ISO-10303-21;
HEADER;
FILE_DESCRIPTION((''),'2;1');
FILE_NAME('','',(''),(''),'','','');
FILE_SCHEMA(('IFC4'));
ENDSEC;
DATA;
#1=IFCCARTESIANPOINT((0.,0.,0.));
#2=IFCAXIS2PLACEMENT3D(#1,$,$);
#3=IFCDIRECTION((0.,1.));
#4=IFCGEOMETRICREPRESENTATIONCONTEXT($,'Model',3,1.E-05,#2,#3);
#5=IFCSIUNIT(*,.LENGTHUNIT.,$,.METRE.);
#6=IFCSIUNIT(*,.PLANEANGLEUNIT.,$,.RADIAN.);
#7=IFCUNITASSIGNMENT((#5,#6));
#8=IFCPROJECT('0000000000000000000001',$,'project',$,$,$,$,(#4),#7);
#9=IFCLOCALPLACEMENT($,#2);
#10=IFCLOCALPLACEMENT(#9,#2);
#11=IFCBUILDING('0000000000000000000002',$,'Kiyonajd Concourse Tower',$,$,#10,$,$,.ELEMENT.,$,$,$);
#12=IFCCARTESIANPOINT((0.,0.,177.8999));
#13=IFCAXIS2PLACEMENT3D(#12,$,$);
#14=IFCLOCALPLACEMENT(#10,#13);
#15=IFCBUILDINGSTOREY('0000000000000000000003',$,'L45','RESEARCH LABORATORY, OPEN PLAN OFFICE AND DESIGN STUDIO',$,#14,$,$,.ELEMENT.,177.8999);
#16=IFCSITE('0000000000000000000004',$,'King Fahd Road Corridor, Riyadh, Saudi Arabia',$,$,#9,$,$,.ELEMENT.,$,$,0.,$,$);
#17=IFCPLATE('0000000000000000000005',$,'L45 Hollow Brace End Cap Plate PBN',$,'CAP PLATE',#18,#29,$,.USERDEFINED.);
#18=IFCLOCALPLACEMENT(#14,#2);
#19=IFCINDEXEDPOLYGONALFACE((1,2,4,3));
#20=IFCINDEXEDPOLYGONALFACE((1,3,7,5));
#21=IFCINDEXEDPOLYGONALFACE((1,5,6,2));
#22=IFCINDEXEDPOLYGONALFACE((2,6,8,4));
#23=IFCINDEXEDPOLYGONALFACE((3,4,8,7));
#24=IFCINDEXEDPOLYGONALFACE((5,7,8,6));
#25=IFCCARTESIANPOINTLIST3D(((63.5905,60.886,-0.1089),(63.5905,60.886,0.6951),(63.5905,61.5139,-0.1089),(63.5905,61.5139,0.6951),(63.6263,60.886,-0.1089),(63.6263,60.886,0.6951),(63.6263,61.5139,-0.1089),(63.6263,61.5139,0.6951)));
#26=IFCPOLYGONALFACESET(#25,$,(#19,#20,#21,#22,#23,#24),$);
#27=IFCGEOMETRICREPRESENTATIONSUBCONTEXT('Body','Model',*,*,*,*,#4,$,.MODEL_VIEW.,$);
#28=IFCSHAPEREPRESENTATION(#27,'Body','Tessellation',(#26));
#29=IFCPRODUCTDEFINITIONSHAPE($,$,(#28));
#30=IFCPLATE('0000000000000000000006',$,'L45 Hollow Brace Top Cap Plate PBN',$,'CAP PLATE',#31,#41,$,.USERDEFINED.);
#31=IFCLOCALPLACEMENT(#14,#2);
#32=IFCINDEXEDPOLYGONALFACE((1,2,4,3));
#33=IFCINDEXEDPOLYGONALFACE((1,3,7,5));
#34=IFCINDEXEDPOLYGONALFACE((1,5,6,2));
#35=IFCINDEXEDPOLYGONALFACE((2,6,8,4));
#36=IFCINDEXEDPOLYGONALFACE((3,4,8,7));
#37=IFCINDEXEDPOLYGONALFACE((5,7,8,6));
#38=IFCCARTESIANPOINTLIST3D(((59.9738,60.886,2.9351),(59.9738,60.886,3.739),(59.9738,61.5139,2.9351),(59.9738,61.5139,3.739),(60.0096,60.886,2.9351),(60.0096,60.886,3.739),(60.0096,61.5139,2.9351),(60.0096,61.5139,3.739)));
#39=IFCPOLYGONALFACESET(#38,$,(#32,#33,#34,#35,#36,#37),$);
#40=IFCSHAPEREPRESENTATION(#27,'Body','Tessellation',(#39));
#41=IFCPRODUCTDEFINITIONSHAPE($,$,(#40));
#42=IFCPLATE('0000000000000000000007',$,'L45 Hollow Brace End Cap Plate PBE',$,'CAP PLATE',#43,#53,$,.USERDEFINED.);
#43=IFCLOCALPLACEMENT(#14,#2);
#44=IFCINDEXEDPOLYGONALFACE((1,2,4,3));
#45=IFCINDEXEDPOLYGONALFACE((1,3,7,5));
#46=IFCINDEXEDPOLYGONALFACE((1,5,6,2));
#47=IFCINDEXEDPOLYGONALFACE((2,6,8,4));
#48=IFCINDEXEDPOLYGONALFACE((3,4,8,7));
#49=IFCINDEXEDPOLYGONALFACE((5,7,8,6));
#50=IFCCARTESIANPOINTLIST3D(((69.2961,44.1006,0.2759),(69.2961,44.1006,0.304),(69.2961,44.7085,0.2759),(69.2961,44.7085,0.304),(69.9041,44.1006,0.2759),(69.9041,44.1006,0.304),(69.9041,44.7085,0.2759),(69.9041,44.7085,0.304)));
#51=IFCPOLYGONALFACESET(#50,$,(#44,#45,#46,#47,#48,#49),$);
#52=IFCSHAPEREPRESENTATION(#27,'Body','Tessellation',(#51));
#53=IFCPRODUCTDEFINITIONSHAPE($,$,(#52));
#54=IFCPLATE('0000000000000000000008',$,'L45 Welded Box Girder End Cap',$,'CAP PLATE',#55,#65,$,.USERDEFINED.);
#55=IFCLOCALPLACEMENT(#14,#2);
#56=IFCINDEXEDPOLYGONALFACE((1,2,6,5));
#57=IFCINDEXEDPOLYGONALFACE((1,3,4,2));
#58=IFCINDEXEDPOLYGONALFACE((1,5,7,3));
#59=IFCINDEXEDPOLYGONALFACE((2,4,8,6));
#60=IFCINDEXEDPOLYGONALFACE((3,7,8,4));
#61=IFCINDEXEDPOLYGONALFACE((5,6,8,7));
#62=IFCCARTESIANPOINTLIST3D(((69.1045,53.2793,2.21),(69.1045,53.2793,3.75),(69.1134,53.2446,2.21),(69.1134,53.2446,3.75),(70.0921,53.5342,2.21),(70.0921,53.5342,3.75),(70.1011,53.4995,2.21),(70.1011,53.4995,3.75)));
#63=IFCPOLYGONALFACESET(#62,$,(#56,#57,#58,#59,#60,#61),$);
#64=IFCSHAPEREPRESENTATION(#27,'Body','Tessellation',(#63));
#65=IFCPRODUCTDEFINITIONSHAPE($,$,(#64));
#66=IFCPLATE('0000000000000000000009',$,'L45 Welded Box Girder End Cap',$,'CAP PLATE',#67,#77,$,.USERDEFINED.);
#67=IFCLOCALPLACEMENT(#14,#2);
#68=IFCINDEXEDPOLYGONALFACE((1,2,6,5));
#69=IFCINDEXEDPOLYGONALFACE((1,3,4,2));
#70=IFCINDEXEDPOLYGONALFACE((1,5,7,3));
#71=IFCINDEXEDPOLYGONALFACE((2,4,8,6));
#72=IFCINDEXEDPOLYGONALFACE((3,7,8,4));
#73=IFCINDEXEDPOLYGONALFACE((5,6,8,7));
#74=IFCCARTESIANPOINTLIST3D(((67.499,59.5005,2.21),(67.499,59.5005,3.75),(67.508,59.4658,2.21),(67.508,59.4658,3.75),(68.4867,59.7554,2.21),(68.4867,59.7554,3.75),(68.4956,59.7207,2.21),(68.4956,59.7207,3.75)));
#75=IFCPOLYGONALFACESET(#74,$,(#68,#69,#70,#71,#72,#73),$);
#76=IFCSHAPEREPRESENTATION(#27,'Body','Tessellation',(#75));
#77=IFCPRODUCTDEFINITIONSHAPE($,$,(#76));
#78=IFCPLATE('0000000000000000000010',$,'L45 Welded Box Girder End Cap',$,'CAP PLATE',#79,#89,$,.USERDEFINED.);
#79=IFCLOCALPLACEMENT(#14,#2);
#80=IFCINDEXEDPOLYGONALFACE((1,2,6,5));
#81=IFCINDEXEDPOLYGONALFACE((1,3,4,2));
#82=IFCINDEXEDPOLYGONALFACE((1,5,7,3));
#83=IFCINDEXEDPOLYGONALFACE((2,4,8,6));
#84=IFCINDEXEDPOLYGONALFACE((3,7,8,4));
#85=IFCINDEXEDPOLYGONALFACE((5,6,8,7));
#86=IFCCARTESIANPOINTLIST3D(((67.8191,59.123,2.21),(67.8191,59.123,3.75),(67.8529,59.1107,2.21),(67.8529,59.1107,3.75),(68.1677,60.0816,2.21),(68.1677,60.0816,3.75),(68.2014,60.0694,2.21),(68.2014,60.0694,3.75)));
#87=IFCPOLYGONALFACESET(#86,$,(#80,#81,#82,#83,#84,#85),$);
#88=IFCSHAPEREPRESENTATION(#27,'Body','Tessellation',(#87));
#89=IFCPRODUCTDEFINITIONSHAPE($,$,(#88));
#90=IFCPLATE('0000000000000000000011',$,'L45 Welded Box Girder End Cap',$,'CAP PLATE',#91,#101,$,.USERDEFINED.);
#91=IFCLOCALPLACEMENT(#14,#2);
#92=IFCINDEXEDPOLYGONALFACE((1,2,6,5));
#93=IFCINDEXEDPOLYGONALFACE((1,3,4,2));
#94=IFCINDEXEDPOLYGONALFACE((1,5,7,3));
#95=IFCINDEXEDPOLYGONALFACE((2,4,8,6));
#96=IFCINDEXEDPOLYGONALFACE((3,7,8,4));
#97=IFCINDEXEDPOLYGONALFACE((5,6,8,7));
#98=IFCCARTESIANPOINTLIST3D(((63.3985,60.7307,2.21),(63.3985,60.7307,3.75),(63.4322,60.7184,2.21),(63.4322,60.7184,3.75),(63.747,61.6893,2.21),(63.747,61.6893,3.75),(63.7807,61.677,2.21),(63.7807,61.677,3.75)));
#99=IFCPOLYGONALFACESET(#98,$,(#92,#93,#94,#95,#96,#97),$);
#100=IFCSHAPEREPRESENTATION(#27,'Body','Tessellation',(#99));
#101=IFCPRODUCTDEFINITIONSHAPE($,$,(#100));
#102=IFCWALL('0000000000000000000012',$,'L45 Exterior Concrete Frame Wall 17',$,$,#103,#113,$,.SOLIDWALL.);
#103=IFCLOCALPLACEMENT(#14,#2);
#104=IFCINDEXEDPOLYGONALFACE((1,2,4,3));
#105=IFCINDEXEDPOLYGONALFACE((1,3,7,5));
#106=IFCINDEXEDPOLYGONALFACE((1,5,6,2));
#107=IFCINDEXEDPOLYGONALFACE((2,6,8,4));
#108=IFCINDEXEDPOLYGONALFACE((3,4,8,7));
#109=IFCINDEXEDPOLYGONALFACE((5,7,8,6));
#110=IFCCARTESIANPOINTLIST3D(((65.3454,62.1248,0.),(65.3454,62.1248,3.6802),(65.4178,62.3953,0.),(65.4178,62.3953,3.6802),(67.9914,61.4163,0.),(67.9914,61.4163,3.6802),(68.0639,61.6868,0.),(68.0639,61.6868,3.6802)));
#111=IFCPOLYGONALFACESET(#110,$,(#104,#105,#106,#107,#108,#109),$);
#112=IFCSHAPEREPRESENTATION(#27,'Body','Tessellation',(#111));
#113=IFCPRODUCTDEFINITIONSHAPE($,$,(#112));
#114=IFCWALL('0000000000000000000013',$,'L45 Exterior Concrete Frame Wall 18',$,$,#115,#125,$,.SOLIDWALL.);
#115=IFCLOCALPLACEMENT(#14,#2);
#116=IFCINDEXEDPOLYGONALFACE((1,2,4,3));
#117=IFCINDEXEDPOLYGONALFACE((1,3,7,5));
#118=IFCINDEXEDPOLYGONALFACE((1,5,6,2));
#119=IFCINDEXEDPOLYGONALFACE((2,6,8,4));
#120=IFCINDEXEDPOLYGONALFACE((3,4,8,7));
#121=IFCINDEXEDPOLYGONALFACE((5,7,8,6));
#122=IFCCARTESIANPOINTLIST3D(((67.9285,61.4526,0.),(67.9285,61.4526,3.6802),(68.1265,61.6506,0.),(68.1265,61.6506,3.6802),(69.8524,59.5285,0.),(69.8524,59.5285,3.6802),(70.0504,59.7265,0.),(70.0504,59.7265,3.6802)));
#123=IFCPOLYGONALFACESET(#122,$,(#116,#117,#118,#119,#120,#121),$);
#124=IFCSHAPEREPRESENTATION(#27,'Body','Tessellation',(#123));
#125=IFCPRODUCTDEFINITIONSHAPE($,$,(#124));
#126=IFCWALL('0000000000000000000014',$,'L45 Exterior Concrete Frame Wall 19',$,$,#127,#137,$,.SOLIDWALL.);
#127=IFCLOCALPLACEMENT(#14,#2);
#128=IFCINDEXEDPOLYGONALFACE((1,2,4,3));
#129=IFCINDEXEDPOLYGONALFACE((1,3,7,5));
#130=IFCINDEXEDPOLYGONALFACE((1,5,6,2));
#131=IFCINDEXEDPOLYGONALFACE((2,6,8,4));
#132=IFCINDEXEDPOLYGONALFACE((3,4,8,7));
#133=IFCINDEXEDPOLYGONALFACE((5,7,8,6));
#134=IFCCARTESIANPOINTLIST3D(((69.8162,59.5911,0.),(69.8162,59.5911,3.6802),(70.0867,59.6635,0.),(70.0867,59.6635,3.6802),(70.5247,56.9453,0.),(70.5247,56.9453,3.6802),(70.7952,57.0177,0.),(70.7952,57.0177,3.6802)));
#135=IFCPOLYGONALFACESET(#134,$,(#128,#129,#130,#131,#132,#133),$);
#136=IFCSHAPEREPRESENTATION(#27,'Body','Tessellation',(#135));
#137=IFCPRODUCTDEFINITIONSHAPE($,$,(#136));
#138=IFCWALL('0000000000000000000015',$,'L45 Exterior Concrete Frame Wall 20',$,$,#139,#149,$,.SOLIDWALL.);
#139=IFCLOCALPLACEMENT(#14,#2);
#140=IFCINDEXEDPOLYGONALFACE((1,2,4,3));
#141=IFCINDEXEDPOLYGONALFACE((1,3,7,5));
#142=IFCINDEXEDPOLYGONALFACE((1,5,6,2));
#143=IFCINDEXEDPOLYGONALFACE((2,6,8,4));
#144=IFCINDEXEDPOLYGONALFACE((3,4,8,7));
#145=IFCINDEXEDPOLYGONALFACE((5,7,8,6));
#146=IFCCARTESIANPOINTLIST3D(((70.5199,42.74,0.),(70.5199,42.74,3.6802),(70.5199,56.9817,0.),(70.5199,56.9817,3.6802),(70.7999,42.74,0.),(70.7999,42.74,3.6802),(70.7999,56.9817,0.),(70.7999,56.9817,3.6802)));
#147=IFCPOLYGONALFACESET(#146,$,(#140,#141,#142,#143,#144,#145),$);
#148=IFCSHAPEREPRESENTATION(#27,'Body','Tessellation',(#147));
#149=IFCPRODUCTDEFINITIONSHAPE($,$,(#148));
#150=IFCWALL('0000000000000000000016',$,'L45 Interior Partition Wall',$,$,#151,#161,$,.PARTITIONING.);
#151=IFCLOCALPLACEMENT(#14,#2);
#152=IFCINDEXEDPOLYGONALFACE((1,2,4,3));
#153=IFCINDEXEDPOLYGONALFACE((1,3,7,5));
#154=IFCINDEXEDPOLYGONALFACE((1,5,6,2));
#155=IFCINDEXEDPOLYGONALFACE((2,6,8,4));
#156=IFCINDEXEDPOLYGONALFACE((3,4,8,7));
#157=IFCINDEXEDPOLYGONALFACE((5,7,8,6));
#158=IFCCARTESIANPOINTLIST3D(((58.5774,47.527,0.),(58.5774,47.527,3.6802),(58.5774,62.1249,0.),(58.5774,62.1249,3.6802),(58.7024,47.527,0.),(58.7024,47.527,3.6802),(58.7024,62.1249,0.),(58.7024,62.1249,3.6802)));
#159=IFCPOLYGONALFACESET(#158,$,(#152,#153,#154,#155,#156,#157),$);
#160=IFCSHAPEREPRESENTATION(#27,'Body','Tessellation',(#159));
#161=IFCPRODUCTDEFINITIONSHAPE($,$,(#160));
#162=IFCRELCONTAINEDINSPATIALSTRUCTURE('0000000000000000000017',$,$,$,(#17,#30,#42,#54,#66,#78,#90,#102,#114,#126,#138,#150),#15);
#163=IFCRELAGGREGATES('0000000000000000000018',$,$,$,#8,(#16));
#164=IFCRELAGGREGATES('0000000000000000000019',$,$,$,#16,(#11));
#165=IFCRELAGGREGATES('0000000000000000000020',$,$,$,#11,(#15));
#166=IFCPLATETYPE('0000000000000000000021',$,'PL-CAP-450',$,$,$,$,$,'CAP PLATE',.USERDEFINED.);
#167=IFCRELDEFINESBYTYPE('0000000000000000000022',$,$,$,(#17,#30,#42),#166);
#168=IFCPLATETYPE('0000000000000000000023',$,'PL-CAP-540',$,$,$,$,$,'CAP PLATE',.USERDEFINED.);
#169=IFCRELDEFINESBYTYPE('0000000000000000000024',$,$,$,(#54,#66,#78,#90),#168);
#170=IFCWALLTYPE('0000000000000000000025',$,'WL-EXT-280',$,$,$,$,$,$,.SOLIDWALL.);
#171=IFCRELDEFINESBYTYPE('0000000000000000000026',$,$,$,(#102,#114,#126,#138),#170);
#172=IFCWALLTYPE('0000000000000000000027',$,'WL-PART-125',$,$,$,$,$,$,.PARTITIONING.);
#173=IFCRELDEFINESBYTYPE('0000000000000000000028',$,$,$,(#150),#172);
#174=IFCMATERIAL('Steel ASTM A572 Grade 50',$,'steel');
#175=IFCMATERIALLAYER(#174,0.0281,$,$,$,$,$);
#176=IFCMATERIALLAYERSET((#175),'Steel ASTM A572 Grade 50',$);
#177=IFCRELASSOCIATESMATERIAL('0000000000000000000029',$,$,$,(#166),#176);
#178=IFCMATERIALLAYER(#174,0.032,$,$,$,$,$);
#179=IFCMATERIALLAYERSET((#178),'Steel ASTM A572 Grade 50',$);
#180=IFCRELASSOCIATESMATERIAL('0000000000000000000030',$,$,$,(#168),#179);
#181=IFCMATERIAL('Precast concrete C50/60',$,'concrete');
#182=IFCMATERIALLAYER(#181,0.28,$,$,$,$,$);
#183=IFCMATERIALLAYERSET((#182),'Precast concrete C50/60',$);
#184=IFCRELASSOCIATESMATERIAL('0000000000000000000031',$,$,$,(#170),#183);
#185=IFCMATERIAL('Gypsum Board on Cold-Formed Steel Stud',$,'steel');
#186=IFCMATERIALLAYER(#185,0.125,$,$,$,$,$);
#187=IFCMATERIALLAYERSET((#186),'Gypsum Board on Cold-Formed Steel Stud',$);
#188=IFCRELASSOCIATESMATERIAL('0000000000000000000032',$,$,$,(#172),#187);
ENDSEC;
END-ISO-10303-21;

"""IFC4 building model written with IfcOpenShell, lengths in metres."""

from ifc_helpers import new_model, si_unit, direction, frame, frame_2d, origin, origin_2d, place, context, subcontext, project, spatial, rectangle, extrude, material, layer, layer_set, type_object, element, save


model = new_model("IFC4")

# Units and contexts
model_context = context("Model", 3, precision=1e-05, world=origin(), true_north=direction((0.0, 1.0)))
body_context = subcontext(model_context, "Body", "Model", "MODEL_VIEW")
ifc_project = project(units=[si_unit("LENGTHUNIT", "METRE"), si_unit("PLANEANGLEUNIT", "RADIAN")], contexts=[model_context])

# Site, building, storey
site_placement = place(None, origin())
site = spatial("IfcSite", under=ifc_project, at=site_placement, Name="King Fahd Road Corridor, Riyadh, Saudi Arabia", CompositionType="ELEMENT", RefElevation=0.0)
building_placement = place(site_placement, origin())
building = spatial("IfcBuilding", under=site, at=building_placement, Name="Kiyonajd Concourse Tower", CompositionType="ELEMENT")
storey_placement = place(building_placement, frame((0.0, 0.0, 177.8999)))
storey = spatial("IfcBuildingStorey", under=building, at=storey_placement, Name="L45", Description="RESEARCH LABORATORY, OPEN PLAN OFFICE AND DESIGN STUDIO", CompositionType="ELEMENT", Elevation=177.8999)

# Shared definitions
ifc_material_1 = material(Name="Steel ASTM A572 Grade 50", Category="steel")

# Plates
ifc_layer_1 = layer(ifc_material_1, 0.0281)
ifc_layer_set_1 = layer_set([ifc_layer_1], Name="Steel ASTM A572 Grade 50")
plate_type_1 = type_object("IfcPlateType", Name="PL-CAP-450", ElementType="CAP PLATE", PredefinedType="USERDEFINED", material=ifc_layer_set_1)
for number, where, z_axis, x_axis, name in (
    (1, (63.6084, 61.2, -0.1089), (0.0, 0.0, 1.0), (1.0, 0.0, 0.0), "L45 Hollow Brace End Cap Plate PBN"),
    (2, (59.9917, 61.2, 2.9351), (0.0, 0.0, 1.0), (-1.0, 0.0, 0.0), "L45 Hollow Brace Top Cap Plate PBN"),
):
    element("IfcPlate", number, at=place(storey_placement, frame(where, z_axis=z_axis, x_axis=x_axis)), inside=storey, type_object=plate_type_1, Name=name, ObjectType="CAP PLATE", PredefinedType="USERDEFINED", context=body_context, shape_type="SweptSolid", body=[
        extrude(rectangle(XDim=0.0359, YDim=0.6279, at=origin_2d()), origin(), (0.0, 0.0, 1.0), 0.804),
    ])
plate_placement = place(storey_placement, frame((69.6001, 44.4045, 0.2759), z_axis=(0.0, 0.0, 1.0), x_axis=(1.0, 0.0, 0.0)))
element("IfcPlate", 3, at=plate_placement, inside=storey, type_object=plate_type_1, Name="L45 Hollow Brace End Cap Plate PBE", ObjectType="CAP PLATE", PredefinedType="USERDEFINED", context=body_context, shape_type="SweptSolid", body=[
    extrude(rectangle(XDim=0.6079, YDim=0.6079, at=origin_2d()), origin(), (0.0, 0.0, 1.0), 0.0281),
])
ifc_layer_2 = layer(ifc_material_1, 0.032)
ifc_layer_set_2 = layer_set([ifc_layer_2], Name="Steel ASTM A572 Grade 50")
plate_type_2 = type_object("IfcPlateType", Name="PL-CAP-540", ElementType="CAP PLATE", PredefinedType="USERDEFINED", material=ifc_layer_set_2)
for number, where, z_axis, x_axis, name in (
    (4, (69.6028, 53.3894, 2.21), (0.0, 0.0, 1.0), (0.249873, -0.968279, 0.0), "L45 Welded Box Girder End Cap"),
    (5, (67.9973, 59.6106, 2.21), (0.0, 0.0, 1.0), (-0.249873, 0.968279, 0.0), "L45 Welded Box Girder End Cap"),
    (6, (68.0103, 59.5962, 2.21), (0.0, 0.0, 1.0), (0.939812, -0.341692, 0.0), "L45 Welded Box Girder End Cap"),
    (7, (63.5896, 61.2039, 2.21), (0.0, 0.0, 1.0), (-0.939812, 0.341692, 0.0), "L45 Welded Box Girder End Cap"),
):
    element("IfcPlate", number, at=place(storey_placement, frame(where, z_axis=z_axis, x_axis=x_axis)), inside=storey, type_object=plate_type_2, Name=name, ObjectType="CAP PLATE", PredefinedType="USERDEFINED", context=body_context, shape_type="SweptSolid", body=[
        extrude(rectangle(XDim=0.0359, YDim=1.02, at=origin_2d()), origin(), (0.0, 0.0, 1.0), 1.54),
    ])

# Walls
ifc_material_2 = material(Name="Precast concrete C50/60", Category="concrete")
ifc_layer_3 = layer(ifc_material_2, 0.28)
ifc_layer_set_3 = layer_set([ifc_layer_3], Name="Precast concrete C50/60")
wall_type_1 = type_object("IfcWallType", Name="WL-EXT-280", PredefinedType="SOLIDWALL", material=ifc_layer_set_3)
wall_1_placement = place(storey_placement, frame((65.3816, 62.26, 0.0), z_axis=(0.0, 0.0, 1.0), x_axis=(0.965971, -0.25865, 0.0)))
element("IfcWall", 8, at=wall_1_placement, inside=storey, type_object=wall_type_1, Name="L45 Exterior Concrete Frame Wall 17", PredefinedType="SOLIDWALL", context=body_context, shape_type="SweptSolid", body=[
    extrude(rectangle(XDim=2.7393, YDim=0.28, at=frame_2d((1.3696, 0.0))), origin(), (0.0, 0.0, 1.0), 3.6802),
])
wall_2_placement = place(storey_placement, frame((68.0276, 61.5515, 0.0), z_axis=(0.0, 0.0, 1.0), x_axis=(0.707062, -0.707152, 0.0)))
element("IfcWall", 9, at=wall_2_placement, inside=storey, type_object=wall_type_1, Name="L45 Exterior Concrete Frame Wall 18", PredefinedType="SOLIDWALL", context=body_context, shape_type="SweptSolid", body=[
    extrude(rectangle(XDim=2.7209, YDim=0.28, at=frame_2d((1.3604, 0.0))), origin(), (0.0, 0.0, 1.0), 3.6802),
])
wall_3_placement = place(storey_placement, frame((69.9514, 59.6274, 0.0), z_axis=(0.0, 0.0, 1.0), x_axis=(0.258672, -0.965965, 0.0)))
element("IfcWall", 10, at=wall_3_placement, inside=storey, type_object=wall_type_1, Name="L45 Exterior Concrete Frame Wall 19", PredefinedType="SOLIDWALL", context=body_context, shape_type="SweptSolid", body=[
    extrude(rectangle(XDim=2.739, YDim=0.28, at=frame_2d((1.3696, 0.0))), origin(), (0.0, 0.0, 1.0), 3.6802),
])
wall_4_placement = place(storey_placement, frame((70.6599, 56.9817, 0.0), z_axis=(0.0, 0.0, 1.0), x_axis=(0.0, -1.0, 0.0)))
element("IfcWall", 11, at=wall_4_placement, inside=storey, type_object=wall_type_1, Name="L45 Exterior Concrete Frame Wall 20", PredefinedType="SOLIDWALL", context=body_context, shape_type="SweptSolid", body=[
    extrude(rectangle(XDim=14.2417, YDim=0.28, at=frame_2d((7.1208, 0.0))), origin(), (0.0, 0.0, 1.0), 3.6802),
])
ifc_material_3 = material(Name="Gypsum Board on Cold-Formed Steel Stud", Category="steel")
ifc_layer_4 = layer(ifc_material_3, 0.125)
ifc_layer_set_4 = layer_set([ifc_layer_4], Name="Gypsum Board on Cold-Formed Steel Stud")
wall_type_2 = type_object("IfcWallType", Name="WL-PART-125", PredefinedType="PARTITIONING", material=ifc_layer_set_4)
wall_5_placement = place(storey_placement, frame((58.6399, 47.5271, 0.0), z_axis=(0.0, 0.0, 1.0), x_axis=(0.0, 1.0, 0.0)))
element("IfcWall", 12, at=wall_5_placement, inside=storey, type_object=wall_type_2, Name="L45 Interior Partition Wall", PredefinedType="PARTITIONING", context=body_context, shape_type="SweptSolid", body=[
    extrude(rectangle(XDim=14.5979, YDim=0.125, at=frame_2d((7.2988, 0.0))), origin(), (0.0, 0.0, 1.0), 3.6802),
])

save(model, "model.ifc")
